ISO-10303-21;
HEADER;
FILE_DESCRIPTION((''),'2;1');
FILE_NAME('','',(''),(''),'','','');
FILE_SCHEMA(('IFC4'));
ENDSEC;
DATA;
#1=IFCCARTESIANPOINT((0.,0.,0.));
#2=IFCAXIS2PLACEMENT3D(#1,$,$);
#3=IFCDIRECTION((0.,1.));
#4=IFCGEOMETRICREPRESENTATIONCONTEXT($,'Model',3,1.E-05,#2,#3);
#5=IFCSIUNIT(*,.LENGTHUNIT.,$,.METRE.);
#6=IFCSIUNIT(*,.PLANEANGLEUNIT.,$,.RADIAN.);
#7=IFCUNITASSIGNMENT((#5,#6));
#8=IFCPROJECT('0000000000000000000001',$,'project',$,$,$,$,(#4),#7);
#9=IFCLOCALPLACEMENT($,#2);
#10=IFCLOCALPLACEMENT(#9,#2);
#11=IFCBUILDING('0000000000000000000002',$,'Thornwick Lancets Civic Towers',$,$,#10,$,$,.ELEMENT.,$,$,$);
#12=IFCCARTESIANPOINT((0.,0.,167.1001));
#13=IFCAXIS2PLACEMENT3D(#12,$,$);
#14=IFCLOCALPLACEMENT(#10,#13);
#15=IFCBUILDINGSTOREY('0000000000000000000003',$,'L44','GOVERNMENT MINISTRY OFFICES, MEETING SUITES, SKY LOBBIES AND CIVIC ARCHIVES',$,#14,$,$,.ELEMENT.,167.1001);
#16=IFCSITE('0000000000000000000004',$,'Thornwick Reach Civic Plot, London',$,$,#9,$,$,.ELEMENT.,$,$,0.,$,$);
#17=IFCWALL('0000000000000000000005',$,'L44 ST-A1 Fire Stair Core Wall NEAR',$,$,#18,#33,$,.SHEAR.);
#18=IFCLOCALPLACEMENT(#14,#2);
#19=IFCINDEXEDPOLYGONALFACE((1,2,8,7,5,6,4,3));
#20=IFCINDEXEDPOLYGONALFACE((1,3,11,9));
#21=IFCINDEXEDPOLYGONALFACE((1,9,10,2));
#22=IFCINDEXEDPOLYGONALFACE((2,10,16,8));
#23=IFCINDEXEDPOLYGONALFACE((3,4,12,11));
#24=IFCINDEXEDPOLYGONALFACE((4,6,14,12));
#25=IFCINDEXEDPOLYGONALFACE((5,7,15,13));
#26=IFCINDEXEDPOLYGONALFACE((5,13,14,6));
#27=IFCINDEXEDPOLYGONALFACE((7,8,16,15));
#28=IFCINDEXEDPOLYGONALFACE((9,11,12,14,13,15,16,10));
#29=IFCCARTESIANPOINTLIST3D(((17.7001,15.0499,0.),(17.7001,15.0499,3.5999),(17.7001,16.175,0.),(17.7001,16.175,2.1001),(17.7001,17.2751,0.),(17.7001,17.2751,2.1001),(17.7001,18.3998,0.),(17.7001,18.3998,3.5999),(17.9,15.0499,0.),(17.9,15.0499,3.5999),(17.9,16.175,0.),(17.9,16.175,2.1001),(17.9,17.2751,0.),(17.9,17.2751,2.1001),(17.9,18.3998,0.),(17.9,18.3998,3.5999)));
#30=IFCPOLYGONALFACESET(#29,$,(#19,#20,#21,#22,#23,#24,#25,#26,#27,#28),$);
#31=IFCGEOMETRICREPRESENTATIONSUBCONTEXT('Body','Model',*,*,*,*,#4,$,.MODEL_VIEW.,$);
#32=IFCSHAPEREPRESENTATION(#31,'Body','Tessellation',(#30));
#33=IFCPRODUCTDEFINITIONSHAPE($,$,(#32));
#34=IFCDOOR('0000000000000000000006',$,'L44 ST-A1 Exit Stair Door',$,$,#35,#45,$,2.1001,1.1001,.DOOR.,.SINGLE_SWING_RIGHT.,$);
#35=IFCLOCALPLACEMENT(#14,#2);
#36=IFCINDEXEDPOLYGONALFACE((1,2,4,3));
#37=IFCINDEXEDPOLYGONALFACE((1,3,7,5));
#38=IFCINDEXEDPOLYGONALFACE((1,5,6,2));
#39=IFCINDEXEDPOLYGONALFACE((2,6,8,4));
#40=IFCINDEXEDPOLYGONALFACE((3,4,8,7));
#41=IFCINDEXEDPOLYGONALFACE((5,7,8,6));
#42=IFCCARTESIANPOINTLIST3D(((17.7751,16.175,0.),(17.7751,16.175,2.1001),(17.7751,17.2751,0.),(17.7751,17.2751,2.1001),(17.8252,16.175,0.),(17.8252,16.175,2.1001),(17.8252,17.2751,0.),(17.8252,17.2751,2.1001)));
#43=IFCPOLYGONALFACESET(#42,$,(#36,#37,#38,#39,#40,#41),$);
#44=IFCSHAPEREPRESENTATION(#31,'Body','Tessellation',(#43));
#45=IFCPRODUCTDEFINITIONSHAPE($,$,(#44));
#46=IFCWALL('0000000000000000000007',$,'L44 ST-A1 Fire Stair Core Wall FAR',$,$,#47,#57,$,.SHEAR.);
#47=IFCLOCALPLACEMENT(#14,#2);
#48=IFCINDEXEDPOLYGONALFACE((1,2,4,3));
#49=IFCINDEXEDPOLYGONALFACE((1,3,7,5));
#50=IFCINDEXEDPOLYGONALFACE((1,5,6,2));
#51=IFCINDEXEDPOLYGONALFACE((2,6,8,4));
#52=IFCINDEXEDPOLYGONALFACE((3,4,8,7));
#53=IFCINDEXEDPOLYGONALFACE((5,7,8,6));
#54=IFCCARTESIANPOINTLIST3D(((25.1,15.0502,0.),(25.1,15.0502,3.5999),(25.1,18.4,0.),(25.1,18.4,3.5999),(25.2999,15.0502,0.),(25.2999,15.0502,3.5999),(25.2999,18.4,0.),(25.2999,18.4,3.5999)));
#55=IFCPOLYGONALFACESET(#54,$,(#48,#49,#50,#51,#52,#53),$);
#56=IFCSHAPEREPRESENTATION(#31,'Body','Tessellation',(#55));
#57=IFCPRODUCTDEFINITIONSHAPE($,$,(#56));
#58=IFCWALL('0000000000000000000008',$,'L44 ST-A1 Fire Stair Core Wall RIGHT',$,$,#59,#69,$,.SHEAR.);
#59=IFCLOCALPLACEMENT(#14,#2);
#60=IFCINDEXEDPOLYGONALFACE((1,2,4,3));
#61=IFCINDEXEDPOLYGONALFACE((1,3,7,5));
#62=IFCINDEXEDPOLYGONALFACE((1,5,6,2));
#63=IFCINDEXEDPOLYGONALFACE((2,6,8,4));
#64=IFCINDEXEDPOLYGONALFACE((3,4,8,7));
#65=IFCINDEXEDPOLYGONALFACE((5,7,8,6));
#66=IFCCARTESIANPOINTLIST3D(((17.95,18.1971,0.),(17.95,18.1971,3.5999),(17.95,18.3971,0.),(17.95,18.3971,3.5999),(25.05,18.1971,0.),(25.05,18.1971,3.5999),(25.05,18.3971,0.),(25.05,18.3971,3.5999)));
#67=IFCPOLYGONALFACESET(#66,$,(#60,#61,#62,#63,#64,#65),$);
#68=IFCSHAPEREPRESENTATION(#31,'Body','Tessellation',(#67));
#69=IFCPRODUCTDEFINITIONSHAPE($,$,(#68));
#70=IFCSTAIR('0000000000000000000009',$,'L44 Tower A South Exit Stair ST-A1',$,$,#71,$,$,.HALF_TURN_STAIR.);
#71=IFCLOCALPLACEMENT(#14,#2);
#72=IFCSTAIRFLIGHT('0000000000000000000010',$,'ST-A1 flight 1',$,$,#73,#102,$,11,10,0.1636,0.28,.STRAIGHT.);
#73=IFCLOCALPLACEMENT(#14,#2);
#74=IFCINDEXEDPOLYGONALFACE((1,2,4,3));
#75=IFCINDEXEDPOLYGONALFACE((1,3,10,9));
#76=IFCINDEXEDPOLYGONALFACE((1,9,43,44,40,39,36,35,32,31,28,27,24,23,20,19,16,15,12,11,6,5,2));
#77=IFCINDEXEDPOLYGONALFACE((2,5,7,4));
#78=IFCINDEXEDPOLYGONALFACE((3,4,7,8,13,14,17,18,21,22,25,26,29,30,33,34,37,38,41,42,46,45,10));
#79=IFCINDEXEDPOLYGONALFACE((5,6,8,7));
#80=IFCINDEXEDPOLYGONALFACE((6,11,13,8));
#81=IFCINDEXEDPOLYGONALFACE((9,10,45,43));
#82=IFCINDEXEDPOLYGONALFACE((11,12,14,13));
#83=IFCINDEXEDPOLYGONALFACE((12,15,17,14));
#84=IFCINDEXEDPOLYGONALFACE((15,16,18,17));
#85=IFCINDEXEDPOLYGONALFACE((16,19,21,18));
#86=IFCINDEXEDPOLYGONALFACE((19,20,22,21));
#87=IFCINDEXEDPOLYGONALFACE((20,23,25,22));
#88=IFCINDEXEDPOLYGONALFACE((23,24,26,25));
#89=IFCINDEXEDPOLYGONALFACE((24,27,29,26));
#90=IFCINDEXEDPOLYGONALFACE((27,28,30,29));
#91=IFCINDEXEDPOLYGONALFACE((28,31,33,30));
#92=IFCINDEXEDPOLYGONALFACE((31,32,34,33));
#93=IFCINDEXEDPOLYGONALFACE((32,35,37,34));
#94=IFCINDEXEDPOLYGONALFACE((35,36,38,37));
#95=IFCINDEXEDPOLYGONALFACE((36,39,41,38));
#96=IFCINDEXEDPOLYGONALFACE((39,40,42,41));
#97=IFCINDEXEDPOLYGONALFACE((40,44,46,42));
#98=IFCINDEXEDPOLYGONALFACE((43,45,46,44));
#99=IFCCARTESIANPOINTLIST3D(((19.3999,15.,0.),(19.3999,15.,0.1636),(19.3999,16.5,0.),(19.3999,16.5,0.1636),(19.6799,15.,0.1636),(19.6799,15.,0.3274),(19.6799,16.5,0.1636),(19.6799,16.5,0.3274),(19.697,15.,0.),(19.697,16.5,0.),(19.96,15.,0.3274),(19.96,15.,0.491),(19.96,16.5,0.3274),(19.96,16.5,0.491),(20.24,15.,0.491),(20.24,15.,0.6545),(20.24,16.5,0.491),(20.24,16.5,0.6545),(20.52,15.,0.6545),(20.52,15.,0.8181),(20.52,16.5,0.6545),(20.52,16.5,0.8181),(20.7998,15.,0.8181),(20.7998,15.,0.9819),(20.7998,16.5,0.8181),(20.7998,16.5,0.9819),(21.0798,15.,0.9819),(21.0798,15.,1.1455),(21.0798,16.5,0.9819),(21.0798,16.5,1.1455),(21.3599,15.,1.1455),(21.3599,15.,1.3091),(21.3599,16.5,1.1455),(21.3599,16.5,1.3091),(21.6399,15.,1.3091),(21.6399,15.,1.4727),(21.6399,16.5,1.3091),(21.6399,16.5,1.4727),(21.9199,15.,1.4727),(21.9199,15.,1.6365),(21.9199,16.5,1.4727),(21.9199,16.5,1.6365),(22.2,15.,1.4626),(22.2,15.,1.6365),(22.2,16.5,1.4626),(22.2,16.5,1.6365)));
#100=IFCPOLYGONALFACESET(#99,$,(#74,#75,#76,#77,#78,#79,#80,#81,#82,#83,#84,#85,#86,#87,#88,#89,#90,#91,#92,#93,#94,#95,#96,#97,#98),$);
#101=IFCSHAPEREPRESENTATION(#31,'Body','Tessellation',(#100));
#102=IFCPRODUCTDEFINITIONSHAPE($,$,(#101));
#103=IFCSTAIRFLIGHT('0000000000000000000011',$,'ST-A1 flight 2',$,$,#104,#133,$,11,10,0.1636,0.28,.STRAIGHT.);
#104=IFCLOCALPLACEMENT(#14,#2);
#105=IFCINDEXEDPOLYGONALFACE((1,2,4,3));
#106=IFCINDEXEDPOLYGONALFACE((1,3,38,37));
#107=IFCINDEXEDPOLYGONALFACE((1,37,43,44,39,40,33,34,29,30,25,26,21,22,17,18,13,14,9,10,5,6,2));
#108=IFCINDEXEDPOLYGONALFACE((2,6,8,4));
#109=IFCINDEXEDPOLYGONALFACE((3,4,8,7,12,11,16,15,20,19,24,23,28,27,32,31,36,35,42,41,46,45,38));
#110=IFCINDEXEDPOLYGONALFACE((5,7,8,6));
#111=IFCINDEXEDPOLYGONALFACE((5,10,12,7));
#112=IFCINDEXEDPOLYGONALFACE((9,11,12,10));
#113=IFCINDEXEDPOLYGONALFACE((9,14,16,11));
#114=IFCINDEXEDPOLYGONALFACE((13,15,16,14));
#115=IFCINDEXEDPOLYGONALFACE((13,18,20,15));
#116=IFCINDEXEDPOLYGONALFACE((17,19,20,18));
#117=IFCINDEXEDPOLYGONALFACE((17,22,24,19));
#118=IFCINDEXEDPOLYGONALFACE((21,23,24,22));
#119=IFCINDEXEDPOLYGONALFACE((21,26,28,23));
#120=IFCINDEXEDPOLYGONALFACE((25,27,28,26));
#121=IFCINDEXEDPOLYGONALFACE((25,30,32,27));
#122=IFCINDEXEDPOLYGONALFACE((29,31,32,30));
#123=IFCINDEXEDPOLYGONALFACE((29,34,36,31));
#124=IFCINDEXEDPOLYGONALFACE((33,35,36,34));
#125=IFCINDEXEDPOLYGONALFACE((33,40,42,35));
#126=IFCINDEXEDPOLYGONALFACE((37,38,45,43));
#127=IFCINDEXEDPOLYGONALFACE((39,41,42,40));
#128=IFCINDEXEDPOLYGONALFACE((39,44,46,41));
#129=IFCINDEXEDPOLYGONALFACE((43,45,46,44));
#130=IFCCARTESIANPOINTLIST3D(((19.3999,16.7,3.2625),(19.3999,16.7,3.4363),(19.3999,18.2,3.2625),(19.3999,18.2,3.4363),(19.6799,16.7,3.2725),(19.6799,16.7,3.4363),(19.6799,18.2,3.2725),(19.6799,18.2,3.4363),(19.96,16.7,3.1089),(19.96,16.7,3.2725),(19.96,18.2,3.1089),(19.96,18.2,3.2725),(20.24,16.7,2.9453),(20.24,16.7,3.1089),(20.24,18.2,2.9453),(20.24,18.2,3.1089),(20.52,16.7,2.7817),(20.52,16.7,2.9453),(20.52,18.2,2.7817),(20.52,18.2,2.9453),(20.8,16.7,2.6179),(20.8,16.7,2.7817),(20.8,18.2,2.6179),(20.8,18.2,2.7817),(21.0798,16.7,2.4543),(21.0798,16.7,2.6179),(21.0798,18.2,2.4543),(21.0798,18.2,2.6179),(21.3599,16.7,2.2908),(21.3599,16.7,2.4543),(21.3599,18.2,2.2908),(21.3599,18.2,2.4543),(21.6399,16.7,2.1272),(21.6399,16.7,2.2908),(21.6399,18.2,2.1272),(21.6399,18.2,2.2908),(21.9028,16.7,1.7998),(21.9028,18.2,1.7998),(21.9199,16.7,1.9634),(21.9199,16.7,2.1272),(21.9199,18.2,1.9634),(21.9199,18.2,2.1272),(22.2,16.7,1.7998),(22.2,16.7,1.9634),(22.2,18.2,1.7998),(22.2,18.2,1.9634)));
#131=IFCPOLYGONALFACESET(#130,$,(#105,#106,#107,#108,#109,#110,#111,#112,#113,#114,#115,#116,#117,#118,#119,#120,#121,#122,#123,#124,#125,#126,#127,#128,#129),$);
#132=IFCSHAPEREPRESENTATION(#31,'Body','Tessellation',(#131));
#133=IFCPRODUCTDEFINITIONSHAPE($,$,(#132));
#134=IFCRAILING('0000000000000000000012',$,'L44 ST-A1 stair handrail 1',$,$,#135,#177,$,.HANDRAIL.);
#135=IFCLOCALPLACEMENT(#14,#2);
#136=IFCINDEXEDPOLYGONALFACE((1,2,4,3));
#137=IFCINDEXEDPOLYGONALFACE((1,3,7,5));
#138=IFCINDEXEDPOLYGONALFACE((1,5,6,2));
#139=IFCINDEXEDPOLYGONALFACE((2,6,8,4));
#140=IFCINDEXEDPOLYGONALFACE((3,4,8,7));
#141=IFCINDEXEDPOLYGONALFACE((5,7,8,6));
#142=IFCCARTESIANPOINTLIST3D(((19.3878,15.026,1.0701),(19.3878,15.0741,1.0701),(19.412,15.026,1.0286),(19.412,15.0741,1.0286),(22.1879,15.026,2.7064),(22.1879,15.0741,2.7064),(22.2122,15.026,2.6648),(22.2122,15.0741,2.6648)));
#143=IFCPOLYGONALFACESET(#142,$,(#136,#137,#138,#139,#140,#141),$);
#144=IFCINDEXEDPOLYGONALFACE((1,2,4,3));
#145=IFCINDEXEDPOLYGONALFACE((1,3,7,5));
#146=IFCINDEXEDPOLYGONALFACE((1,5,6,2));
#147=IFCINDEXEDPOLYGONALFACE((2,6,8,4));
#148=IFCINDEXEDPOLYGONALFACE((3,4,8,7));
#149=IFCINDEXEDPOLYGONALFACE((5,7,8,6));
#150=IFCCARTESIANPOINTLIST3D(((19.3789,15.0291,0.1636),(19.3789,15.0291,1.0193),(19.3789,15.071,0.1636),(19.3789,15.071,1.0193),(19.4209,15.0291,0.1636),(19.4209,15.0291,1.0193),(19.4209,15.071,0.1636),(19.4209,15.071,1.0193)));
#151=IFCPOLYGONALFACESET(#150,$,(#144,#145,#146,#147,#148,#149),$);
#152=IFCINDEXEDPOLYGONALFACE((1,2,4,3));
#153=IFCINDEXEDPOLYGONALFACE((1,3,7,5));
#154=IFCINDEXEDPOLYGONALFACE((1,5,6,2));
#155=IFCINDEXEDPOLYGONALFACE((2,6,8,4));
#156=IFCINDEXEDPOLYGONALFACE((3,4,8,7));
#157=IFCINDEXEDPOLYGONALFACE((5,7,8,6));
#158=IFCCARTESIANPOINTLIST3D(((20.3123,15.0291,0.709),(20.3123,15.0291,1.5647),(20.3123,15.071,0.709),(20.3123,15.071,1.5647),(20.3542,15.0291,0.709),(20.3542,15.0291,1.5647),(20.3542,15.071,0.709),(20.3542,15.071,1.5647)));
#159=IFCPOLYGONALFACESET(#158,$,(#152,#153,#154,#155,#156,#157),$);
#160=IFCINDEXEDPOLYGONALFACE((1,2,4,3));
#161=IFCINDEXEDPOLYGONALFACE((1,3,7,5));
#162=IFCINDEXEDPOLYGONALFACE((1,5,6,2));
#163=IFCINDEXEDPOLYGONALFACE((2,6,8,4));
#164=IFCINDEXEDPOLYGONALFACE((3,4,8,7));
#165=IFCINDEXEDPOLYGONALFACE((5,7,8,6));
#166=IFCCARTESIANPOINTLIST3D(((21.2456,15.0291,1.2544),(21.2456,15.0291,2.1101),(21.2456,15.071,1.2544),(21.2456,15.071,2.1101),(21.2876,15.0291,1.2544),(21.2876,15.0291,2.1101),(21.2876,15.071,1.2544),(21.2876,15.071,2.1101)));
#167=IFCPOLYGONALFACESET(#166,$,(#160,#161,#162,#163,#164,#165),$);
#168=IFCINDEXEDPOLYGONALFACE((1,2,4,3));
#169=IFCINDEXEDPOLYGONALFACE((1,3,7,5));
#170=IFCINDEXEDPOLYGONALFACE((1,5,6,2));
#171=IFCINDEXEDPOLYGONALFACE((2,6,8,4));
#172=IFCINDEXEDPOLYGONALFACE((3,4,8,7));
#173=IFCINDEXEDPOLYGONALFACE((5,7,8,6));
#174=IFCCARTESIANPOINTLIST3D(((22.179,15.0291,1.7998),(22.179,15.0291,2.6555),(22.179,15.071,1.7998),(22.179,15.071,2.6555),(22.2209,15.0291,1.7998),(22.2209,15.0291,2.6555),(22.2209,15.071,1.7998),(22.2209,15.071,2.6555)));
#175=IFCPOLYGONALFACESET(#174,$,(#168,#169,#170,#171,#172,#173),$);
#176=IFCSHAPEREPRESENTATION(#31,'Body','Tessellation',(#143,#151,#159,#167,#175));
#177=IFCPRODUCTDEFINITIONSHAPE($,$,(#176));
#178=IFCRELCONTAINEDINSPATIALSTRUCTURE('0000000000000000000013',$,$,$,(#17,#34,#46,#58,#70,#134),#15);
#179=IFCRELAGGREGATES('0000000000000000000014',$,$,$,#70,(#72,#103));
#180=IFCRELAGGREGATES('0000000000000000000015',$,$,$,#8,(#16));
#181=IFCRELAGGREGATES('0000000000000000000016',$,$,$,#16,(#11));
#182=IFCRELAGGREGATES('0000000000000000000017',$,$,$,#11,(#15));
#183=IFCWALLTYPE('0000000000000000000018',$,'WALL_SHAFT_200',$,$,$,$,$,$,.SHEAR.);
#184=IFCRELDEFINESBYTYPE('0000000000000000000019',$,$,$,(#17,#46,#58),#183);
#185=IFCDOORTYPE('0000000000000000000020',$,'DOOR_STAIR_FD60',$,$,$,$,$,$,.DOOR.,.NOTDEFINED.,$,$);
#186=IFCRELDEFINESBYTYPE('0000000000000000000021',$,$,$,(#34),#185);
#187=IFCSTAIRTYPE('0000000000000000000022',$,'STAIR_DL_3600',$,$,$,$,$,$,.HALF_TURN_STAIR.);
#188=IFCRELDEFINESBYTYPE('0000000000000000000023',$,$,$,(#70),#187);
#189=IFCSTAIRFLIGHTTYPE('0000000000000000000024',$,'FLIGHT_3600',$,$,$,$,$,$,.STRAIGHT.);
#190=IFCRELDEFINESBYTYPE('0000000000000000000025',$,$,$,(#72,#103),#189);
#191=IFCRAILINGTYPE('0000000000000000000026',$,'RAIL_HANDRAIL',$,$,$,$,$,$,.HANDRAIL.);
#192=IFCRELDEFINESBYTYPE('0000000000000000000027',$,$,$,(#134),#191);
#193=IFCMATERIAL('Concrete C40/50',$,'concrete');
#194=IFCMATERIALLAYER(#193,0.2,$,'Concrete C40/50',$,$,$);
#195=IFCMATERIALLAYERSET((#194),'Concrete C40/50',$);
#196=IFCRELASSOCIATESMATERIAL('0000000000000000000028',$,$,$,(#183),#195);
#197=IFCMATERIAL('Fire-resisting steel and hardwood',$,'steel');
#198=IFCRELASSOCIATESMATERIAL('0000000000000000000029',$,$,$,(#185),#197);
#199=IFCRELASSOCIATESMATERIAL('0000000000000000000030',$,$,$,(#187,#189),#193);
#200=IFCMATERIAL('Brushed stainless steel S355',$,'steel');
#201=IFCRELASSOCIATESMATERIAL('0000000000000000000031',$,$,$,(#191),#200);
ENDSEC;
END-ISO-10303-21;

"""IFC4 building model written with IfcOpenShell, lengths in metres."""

from ifc_helpers import new_model, si_unit, direction, frame, frame_2d, origin, origin_2d, place, context, subcontext, project, spatial, polyline, rectangle, outline, extrude, material, layer, layer_set, type_object, element, fill, aggregate, save


model = new_model("IFC4")

# Units and contexts
model_context = context("Model", 3, precision=1e-05, world=origin(), true_north=direction((0.0, 1.0)))
body_context = subcontext(model_context, "Body", "Model", "MODEL_VIEW")
ifc_project = project(units=[si_unit("LENGTHUNIT", "METRE"), si_unit("PLANEANGLEUNIT", "RADIAN")], contexts=[model_context])

# Site, building, storey
site_placement = place(None, origin())
site = spatial("IfcSite", under=ifc_project, at=site_placement, Name="Thornwick Reach Civic Plot, London", CompositionType="ELEMENT", RefElevation=0.0)
building_placement = place(site_placement, origin())
building = spatial("IfcBuilding", under=site, at=building_placement, Name="Thornwick Lancets Civic Towers", CompositionType="ELEMENT")
storey_placement = place(building_placement, frame((0.0, 0.0, 167.1001)))
storey = spatial("IfcBuildingStorey", under=building, at=storey_placement, Name="L44", Description="GOVERNMENT MINISTRY OFFICES, MEETING SUITES, SKY LOBBIES AND CIVIC ARCHIVES", CompositionType="ELEMENT", Elevation=167.1001)

# Shared definitions
ifc_material_1 = material(Name="Concrete C40/50", Category="concrete")

# Wall, opening, door
ifc_layer_1 = layer(ifc_material_1, 0.2, Name="Concrete C40/50")
ifc_layer_set_1 = layer_set([ifc_layer_1], Name="Concrete C40/50")
wall_type_1 = type_object("IfcWallType", Name="WALL_SHAFT_200", PredefinedType="SHEAR", material=ifc_layer_set_1)
wall_1_placement = place(storey_placement, frame((17.8, 15.05, 0.0), z_axis=(0.0, 0.0, 1.0), x_axis=(0.0, 1.0, 0.0)))
wall_1 = element("IfcWall", 1, at=wall_1_placement, inside=storey, type_object=wall_type_1, Name="L44 ST-A1 Fire Stair Core Wall NEAR", PredefinedType="SHEAR", context=body_context, shape_type="SweptSolid", body=[
    extrude(rectangle(XDim=3.3499, YDim=0.2, at=frame_2d((1.6748, 0.0))), origin(), (0.0, 0.0, 1.0), 3.5999),
])
opening_1_placement = place(wall_1_placement, frame((1.125, 0.0, 0.0)))
opening_1 = element("IfcOpeningElement", 2, at=opening_1_placement, cuts=wall_1, PredefinedType="OPENING", context=body_context, shape_type="SweptSolid", body=[
    extrude(rectangle(XDim=1.1001, YDim=2.1001, at=frame_2d((0.55, 1.05))), frame((0.0, 0.1099, 0.0), z_axis=(0.0, -1.0, 0.0), x_axis=(1.0, 0.0, 0.0)), (0.0, 0.0, 1.0), 0.22),
])
ifc_material_2 = material(Name="Fire-resisting steel and hardwood", Category="steel")
door_type_1 = type_object("IfcDoorType", Name="DOOR_STAIR_FD60", OperationType="NOTDEFINED", PredefinedType="DOOR", material=ifc_material_2)
door_1_placement = place(opening_1_placement, origin())
door_1 = element("IfcDoor", 3, at=door_1_placement, inside=storey, type_object=door_type_1, Name="L44 ST-A1 Exit Stair Door", OperationType="SINGLE_SWING_RIGHT", OverallHeight=2.1001, OverallWidth=1.1001, PredefinedType="DOOR", context=body_context, shape_type="SweptSolid", body=[
    extrude(rectangle(XDim=1.1001, YDim=2.1001, at=frame_2d((0.55, 1.05))), frame((0.0, 0.0249, 0.0), z_axis=(0.0, -1.0, 0.0), x_axis=(1.0, 0.0, 0.0)), (0.0, 0.0, 1.0), 0.05),
])
fill(opening_1, door_1)

# Walls
wall_2_placement = place(storey_placement, frame((25.2, 18.3999, 0.0), z_axis=(0.0, 0.0, 1.0), x_axis=(0.0, -1.0, 0.0)))
element("IfcWall", 4, at=wall_2_placement, inside=storey, type_object=wall_type_1, Name="L44 ST-A1 Fire Stair Core Wall FAR", PredefinedType="SHEAR", context=body_context, shape_type="SweptSolid", body=[
    extrude(rectangle(XDim=3.3499, YDim=0.2, at=frame_2d((1.6748, 0.0))), origin(), (0.0, 0.0, 1.0), 3.5999),
])
wall_3_placement = place(storey_placement, frame((25.05, 18.2971, 0.0), z_axis=(0.0, 0.0, 1.0), x_axis=(-1.0, 0.0, 0.0)))
element("IfcWall", 5, at=wall_3_placement, inside=storey, type_object=wall_type_1, Name="L44 ST-A1 Fire Stair Core Wall RIGHT", PredefinedType="SHEAR", context=body_context, shape_type="SweptSolid", body=[
    extrude(rectangle(XDim=7.1001, YDim=0.2, at=frame_2d((3.55, 0.0))), origin(), (0.0, 0.0, 1.0), 3.5999),
])

# Stair, stair flights
stair_type = type_object("IfcStairType", Name="STAIR_DL_3600", PredefinedType="HALF_TURN_STAIR", material=ifc_material_1)
stair_placement = place(storey_placement, origin())
stair = element("IfcStair", 6, at=stair_placement, inside=storey, type_object=stair_type, Name="L44 Tower A South Exit Stair ST-A1", PredefinedType="HALF_TURN_STAIR")
stair_flight_type = type_object("IfcStairFlightType", Name="FLIGHT_3600", PredefinedType="STRAIGHT", material=ifc_material_1)
stair_flight_1_placement = place(storey_placement, frame((19.3999, 15.75, 0.0), z_axis=(0.0, 0.0, 1.0), x_axis=(1.0, 0.0, 0.0)))
stair_flight_1 = element("IfcStairFlight", 7, at=stair_flight_1_placement, type_object=stair_flight_type, Name="ST-A1 flight 1", NumberOfRisers=11, NumberOfTreads=10, PredefinedType="STRAIGHT", RiserHeight=0.1636, TreadLength=0.28, context=body_context, shape_type="SweptSolid", body=[
    extrude(outline(polyline([(0.0, 0.0), (0.0, 0.1636), (0.28, 0.1636), (0.28, 0.3274), (0.5601, 0.3274), (0.5601, 0.491), (0.8401, 0.491), (0.8401, 0.6545), (1.1201, 0.6545), (1.1201, 0.8181), (1.3999, 0.8181), (1.3999, 0.9819), (1.6799, 0.9819), (1.6799, 1.1455), (1.96, 1.1455), (1.96, 1.3091), (2.24, 1.3091), (2.24, 1.4727), (2.52, 1.4727), (2.52, 1.6365), (2.8, 1.6365), (2.8, 1.8), (2.8, 1.4626), (0.2971, 0.0), (0.0, 0.0)])), frame((0.0, 0.75, 0.0), z_axis=(0.0, -1.0, 0.0), x_axis=(1.0, 0.0, 0.0)), (0.0, 0.0, 1.0), 1.5),
])
stair_flight_2_placement = place(storey_placement, frame((22.2, 17.45, 1.7998), z_axis=(0.0, 0.0, 1.0), x_axis=(-1.0, 0.0, 0.0)))
stair_flight_2 = element("IfcStairFlight", 8, at=stair_flight_2_placement, type_object=stair_flight_type, Name="ST-A1 flight 2", NumberOfRisers=11, NumberOfTreads=10, PredefinedType="STRAIGHT", RiserHeight=0.1636, TreadLength=0.28, context=body_context, shape_type="SweptSolid", body=[
    extrude(outline(polyline([(0.0, 0.0), (0.0, 0.1636), (0.28, 0.1636), (0.28, 0.3274), (0.5601, 0.3274), (0.5601, 0.491), (0.8401, 0.491), (0.8401, 0.6545), (1.1201, 0.6545), (1.1201, 0.8181), (1.3999, 0.8181), (1.3999, 0.9819), (1.6799, 0.9819), (1.6799, 1.1455), (1.96, 1.1455), (1.96, 1.3091), (2.24, 1.3091), (2.24, 1.4727), (2.52, 1.4727), (2.52, 1.6365), (2.8, 1.6365), (2.8, 1.8), (2.8, 1.4626), (0.2971, 0.0), (0.0, 0.0)])), frame((0.0, 0.75, 0.0), z_axis=(0.0, -1.0, 0.0), x_axis=(1.0, 0.0, 0.0)), (0.0, 0.0, 1.0), 1.5),
])
aggregate(stair, [stair_flight_1, stair_flight_2])

# Railing
ifc_material_3 = material(Name="Brushed stainless steel S355", Category="steel")
railing_type_1 = type_object("IfcRailingType", Name="RAIL_HANDRAIL", PredefinedType="HANDRAIL", material=ifc_material_3)
railing_1_placement = place(storey_placement, frame((19.3999, 15.05, 0.1636)))
element("IfcRailing", 9, at=railing_1_placement, inside=storey, type_object=railing_type_1, Name="L44 ST-A1 stair handrail 1", PredefinedType="HANDRAIL", context=body_context, shape_type="SweptSolid", body=[
    extrude(rectangle(XDim=0.0481, YDim=0.0481, at=origin_2d()), frame((0.0, 0.0, 0.8857), z_axis=(0.863394, 0.0, 0.504531), x_axis=(0.0, 1.0, 0.0)), (0.0, 0.0, 1.0), 3.2432),
    extrude(rectangle(XDim=0.042, YDim=0.042, at=origin_2d()), origin(), (0.0, 0.0, 1.0), 0.8557),
    extrude(rectangle(XDim=0.042, YDim=0.042, at=origin_2d()), frame((0.9333, 0.0, 0.5454)), (0.0, 0.0, 1.0), 0.8557),
    extrude(rectangle(XDim=0.042, YDim=0.042, at=origin_2d()), frame((1.8667, 0.0, 1.0908)), (0.0, 0.0, 1.0), 0.8557),
    extrude(rectangle(XDim=0.042, YDim=0.042, at=origin_2d()), frame((2.8, 0.0, 1.6362)), (0.0, 0.0, 1.0), 0.8557),
])

save(model, "model.ifc")
